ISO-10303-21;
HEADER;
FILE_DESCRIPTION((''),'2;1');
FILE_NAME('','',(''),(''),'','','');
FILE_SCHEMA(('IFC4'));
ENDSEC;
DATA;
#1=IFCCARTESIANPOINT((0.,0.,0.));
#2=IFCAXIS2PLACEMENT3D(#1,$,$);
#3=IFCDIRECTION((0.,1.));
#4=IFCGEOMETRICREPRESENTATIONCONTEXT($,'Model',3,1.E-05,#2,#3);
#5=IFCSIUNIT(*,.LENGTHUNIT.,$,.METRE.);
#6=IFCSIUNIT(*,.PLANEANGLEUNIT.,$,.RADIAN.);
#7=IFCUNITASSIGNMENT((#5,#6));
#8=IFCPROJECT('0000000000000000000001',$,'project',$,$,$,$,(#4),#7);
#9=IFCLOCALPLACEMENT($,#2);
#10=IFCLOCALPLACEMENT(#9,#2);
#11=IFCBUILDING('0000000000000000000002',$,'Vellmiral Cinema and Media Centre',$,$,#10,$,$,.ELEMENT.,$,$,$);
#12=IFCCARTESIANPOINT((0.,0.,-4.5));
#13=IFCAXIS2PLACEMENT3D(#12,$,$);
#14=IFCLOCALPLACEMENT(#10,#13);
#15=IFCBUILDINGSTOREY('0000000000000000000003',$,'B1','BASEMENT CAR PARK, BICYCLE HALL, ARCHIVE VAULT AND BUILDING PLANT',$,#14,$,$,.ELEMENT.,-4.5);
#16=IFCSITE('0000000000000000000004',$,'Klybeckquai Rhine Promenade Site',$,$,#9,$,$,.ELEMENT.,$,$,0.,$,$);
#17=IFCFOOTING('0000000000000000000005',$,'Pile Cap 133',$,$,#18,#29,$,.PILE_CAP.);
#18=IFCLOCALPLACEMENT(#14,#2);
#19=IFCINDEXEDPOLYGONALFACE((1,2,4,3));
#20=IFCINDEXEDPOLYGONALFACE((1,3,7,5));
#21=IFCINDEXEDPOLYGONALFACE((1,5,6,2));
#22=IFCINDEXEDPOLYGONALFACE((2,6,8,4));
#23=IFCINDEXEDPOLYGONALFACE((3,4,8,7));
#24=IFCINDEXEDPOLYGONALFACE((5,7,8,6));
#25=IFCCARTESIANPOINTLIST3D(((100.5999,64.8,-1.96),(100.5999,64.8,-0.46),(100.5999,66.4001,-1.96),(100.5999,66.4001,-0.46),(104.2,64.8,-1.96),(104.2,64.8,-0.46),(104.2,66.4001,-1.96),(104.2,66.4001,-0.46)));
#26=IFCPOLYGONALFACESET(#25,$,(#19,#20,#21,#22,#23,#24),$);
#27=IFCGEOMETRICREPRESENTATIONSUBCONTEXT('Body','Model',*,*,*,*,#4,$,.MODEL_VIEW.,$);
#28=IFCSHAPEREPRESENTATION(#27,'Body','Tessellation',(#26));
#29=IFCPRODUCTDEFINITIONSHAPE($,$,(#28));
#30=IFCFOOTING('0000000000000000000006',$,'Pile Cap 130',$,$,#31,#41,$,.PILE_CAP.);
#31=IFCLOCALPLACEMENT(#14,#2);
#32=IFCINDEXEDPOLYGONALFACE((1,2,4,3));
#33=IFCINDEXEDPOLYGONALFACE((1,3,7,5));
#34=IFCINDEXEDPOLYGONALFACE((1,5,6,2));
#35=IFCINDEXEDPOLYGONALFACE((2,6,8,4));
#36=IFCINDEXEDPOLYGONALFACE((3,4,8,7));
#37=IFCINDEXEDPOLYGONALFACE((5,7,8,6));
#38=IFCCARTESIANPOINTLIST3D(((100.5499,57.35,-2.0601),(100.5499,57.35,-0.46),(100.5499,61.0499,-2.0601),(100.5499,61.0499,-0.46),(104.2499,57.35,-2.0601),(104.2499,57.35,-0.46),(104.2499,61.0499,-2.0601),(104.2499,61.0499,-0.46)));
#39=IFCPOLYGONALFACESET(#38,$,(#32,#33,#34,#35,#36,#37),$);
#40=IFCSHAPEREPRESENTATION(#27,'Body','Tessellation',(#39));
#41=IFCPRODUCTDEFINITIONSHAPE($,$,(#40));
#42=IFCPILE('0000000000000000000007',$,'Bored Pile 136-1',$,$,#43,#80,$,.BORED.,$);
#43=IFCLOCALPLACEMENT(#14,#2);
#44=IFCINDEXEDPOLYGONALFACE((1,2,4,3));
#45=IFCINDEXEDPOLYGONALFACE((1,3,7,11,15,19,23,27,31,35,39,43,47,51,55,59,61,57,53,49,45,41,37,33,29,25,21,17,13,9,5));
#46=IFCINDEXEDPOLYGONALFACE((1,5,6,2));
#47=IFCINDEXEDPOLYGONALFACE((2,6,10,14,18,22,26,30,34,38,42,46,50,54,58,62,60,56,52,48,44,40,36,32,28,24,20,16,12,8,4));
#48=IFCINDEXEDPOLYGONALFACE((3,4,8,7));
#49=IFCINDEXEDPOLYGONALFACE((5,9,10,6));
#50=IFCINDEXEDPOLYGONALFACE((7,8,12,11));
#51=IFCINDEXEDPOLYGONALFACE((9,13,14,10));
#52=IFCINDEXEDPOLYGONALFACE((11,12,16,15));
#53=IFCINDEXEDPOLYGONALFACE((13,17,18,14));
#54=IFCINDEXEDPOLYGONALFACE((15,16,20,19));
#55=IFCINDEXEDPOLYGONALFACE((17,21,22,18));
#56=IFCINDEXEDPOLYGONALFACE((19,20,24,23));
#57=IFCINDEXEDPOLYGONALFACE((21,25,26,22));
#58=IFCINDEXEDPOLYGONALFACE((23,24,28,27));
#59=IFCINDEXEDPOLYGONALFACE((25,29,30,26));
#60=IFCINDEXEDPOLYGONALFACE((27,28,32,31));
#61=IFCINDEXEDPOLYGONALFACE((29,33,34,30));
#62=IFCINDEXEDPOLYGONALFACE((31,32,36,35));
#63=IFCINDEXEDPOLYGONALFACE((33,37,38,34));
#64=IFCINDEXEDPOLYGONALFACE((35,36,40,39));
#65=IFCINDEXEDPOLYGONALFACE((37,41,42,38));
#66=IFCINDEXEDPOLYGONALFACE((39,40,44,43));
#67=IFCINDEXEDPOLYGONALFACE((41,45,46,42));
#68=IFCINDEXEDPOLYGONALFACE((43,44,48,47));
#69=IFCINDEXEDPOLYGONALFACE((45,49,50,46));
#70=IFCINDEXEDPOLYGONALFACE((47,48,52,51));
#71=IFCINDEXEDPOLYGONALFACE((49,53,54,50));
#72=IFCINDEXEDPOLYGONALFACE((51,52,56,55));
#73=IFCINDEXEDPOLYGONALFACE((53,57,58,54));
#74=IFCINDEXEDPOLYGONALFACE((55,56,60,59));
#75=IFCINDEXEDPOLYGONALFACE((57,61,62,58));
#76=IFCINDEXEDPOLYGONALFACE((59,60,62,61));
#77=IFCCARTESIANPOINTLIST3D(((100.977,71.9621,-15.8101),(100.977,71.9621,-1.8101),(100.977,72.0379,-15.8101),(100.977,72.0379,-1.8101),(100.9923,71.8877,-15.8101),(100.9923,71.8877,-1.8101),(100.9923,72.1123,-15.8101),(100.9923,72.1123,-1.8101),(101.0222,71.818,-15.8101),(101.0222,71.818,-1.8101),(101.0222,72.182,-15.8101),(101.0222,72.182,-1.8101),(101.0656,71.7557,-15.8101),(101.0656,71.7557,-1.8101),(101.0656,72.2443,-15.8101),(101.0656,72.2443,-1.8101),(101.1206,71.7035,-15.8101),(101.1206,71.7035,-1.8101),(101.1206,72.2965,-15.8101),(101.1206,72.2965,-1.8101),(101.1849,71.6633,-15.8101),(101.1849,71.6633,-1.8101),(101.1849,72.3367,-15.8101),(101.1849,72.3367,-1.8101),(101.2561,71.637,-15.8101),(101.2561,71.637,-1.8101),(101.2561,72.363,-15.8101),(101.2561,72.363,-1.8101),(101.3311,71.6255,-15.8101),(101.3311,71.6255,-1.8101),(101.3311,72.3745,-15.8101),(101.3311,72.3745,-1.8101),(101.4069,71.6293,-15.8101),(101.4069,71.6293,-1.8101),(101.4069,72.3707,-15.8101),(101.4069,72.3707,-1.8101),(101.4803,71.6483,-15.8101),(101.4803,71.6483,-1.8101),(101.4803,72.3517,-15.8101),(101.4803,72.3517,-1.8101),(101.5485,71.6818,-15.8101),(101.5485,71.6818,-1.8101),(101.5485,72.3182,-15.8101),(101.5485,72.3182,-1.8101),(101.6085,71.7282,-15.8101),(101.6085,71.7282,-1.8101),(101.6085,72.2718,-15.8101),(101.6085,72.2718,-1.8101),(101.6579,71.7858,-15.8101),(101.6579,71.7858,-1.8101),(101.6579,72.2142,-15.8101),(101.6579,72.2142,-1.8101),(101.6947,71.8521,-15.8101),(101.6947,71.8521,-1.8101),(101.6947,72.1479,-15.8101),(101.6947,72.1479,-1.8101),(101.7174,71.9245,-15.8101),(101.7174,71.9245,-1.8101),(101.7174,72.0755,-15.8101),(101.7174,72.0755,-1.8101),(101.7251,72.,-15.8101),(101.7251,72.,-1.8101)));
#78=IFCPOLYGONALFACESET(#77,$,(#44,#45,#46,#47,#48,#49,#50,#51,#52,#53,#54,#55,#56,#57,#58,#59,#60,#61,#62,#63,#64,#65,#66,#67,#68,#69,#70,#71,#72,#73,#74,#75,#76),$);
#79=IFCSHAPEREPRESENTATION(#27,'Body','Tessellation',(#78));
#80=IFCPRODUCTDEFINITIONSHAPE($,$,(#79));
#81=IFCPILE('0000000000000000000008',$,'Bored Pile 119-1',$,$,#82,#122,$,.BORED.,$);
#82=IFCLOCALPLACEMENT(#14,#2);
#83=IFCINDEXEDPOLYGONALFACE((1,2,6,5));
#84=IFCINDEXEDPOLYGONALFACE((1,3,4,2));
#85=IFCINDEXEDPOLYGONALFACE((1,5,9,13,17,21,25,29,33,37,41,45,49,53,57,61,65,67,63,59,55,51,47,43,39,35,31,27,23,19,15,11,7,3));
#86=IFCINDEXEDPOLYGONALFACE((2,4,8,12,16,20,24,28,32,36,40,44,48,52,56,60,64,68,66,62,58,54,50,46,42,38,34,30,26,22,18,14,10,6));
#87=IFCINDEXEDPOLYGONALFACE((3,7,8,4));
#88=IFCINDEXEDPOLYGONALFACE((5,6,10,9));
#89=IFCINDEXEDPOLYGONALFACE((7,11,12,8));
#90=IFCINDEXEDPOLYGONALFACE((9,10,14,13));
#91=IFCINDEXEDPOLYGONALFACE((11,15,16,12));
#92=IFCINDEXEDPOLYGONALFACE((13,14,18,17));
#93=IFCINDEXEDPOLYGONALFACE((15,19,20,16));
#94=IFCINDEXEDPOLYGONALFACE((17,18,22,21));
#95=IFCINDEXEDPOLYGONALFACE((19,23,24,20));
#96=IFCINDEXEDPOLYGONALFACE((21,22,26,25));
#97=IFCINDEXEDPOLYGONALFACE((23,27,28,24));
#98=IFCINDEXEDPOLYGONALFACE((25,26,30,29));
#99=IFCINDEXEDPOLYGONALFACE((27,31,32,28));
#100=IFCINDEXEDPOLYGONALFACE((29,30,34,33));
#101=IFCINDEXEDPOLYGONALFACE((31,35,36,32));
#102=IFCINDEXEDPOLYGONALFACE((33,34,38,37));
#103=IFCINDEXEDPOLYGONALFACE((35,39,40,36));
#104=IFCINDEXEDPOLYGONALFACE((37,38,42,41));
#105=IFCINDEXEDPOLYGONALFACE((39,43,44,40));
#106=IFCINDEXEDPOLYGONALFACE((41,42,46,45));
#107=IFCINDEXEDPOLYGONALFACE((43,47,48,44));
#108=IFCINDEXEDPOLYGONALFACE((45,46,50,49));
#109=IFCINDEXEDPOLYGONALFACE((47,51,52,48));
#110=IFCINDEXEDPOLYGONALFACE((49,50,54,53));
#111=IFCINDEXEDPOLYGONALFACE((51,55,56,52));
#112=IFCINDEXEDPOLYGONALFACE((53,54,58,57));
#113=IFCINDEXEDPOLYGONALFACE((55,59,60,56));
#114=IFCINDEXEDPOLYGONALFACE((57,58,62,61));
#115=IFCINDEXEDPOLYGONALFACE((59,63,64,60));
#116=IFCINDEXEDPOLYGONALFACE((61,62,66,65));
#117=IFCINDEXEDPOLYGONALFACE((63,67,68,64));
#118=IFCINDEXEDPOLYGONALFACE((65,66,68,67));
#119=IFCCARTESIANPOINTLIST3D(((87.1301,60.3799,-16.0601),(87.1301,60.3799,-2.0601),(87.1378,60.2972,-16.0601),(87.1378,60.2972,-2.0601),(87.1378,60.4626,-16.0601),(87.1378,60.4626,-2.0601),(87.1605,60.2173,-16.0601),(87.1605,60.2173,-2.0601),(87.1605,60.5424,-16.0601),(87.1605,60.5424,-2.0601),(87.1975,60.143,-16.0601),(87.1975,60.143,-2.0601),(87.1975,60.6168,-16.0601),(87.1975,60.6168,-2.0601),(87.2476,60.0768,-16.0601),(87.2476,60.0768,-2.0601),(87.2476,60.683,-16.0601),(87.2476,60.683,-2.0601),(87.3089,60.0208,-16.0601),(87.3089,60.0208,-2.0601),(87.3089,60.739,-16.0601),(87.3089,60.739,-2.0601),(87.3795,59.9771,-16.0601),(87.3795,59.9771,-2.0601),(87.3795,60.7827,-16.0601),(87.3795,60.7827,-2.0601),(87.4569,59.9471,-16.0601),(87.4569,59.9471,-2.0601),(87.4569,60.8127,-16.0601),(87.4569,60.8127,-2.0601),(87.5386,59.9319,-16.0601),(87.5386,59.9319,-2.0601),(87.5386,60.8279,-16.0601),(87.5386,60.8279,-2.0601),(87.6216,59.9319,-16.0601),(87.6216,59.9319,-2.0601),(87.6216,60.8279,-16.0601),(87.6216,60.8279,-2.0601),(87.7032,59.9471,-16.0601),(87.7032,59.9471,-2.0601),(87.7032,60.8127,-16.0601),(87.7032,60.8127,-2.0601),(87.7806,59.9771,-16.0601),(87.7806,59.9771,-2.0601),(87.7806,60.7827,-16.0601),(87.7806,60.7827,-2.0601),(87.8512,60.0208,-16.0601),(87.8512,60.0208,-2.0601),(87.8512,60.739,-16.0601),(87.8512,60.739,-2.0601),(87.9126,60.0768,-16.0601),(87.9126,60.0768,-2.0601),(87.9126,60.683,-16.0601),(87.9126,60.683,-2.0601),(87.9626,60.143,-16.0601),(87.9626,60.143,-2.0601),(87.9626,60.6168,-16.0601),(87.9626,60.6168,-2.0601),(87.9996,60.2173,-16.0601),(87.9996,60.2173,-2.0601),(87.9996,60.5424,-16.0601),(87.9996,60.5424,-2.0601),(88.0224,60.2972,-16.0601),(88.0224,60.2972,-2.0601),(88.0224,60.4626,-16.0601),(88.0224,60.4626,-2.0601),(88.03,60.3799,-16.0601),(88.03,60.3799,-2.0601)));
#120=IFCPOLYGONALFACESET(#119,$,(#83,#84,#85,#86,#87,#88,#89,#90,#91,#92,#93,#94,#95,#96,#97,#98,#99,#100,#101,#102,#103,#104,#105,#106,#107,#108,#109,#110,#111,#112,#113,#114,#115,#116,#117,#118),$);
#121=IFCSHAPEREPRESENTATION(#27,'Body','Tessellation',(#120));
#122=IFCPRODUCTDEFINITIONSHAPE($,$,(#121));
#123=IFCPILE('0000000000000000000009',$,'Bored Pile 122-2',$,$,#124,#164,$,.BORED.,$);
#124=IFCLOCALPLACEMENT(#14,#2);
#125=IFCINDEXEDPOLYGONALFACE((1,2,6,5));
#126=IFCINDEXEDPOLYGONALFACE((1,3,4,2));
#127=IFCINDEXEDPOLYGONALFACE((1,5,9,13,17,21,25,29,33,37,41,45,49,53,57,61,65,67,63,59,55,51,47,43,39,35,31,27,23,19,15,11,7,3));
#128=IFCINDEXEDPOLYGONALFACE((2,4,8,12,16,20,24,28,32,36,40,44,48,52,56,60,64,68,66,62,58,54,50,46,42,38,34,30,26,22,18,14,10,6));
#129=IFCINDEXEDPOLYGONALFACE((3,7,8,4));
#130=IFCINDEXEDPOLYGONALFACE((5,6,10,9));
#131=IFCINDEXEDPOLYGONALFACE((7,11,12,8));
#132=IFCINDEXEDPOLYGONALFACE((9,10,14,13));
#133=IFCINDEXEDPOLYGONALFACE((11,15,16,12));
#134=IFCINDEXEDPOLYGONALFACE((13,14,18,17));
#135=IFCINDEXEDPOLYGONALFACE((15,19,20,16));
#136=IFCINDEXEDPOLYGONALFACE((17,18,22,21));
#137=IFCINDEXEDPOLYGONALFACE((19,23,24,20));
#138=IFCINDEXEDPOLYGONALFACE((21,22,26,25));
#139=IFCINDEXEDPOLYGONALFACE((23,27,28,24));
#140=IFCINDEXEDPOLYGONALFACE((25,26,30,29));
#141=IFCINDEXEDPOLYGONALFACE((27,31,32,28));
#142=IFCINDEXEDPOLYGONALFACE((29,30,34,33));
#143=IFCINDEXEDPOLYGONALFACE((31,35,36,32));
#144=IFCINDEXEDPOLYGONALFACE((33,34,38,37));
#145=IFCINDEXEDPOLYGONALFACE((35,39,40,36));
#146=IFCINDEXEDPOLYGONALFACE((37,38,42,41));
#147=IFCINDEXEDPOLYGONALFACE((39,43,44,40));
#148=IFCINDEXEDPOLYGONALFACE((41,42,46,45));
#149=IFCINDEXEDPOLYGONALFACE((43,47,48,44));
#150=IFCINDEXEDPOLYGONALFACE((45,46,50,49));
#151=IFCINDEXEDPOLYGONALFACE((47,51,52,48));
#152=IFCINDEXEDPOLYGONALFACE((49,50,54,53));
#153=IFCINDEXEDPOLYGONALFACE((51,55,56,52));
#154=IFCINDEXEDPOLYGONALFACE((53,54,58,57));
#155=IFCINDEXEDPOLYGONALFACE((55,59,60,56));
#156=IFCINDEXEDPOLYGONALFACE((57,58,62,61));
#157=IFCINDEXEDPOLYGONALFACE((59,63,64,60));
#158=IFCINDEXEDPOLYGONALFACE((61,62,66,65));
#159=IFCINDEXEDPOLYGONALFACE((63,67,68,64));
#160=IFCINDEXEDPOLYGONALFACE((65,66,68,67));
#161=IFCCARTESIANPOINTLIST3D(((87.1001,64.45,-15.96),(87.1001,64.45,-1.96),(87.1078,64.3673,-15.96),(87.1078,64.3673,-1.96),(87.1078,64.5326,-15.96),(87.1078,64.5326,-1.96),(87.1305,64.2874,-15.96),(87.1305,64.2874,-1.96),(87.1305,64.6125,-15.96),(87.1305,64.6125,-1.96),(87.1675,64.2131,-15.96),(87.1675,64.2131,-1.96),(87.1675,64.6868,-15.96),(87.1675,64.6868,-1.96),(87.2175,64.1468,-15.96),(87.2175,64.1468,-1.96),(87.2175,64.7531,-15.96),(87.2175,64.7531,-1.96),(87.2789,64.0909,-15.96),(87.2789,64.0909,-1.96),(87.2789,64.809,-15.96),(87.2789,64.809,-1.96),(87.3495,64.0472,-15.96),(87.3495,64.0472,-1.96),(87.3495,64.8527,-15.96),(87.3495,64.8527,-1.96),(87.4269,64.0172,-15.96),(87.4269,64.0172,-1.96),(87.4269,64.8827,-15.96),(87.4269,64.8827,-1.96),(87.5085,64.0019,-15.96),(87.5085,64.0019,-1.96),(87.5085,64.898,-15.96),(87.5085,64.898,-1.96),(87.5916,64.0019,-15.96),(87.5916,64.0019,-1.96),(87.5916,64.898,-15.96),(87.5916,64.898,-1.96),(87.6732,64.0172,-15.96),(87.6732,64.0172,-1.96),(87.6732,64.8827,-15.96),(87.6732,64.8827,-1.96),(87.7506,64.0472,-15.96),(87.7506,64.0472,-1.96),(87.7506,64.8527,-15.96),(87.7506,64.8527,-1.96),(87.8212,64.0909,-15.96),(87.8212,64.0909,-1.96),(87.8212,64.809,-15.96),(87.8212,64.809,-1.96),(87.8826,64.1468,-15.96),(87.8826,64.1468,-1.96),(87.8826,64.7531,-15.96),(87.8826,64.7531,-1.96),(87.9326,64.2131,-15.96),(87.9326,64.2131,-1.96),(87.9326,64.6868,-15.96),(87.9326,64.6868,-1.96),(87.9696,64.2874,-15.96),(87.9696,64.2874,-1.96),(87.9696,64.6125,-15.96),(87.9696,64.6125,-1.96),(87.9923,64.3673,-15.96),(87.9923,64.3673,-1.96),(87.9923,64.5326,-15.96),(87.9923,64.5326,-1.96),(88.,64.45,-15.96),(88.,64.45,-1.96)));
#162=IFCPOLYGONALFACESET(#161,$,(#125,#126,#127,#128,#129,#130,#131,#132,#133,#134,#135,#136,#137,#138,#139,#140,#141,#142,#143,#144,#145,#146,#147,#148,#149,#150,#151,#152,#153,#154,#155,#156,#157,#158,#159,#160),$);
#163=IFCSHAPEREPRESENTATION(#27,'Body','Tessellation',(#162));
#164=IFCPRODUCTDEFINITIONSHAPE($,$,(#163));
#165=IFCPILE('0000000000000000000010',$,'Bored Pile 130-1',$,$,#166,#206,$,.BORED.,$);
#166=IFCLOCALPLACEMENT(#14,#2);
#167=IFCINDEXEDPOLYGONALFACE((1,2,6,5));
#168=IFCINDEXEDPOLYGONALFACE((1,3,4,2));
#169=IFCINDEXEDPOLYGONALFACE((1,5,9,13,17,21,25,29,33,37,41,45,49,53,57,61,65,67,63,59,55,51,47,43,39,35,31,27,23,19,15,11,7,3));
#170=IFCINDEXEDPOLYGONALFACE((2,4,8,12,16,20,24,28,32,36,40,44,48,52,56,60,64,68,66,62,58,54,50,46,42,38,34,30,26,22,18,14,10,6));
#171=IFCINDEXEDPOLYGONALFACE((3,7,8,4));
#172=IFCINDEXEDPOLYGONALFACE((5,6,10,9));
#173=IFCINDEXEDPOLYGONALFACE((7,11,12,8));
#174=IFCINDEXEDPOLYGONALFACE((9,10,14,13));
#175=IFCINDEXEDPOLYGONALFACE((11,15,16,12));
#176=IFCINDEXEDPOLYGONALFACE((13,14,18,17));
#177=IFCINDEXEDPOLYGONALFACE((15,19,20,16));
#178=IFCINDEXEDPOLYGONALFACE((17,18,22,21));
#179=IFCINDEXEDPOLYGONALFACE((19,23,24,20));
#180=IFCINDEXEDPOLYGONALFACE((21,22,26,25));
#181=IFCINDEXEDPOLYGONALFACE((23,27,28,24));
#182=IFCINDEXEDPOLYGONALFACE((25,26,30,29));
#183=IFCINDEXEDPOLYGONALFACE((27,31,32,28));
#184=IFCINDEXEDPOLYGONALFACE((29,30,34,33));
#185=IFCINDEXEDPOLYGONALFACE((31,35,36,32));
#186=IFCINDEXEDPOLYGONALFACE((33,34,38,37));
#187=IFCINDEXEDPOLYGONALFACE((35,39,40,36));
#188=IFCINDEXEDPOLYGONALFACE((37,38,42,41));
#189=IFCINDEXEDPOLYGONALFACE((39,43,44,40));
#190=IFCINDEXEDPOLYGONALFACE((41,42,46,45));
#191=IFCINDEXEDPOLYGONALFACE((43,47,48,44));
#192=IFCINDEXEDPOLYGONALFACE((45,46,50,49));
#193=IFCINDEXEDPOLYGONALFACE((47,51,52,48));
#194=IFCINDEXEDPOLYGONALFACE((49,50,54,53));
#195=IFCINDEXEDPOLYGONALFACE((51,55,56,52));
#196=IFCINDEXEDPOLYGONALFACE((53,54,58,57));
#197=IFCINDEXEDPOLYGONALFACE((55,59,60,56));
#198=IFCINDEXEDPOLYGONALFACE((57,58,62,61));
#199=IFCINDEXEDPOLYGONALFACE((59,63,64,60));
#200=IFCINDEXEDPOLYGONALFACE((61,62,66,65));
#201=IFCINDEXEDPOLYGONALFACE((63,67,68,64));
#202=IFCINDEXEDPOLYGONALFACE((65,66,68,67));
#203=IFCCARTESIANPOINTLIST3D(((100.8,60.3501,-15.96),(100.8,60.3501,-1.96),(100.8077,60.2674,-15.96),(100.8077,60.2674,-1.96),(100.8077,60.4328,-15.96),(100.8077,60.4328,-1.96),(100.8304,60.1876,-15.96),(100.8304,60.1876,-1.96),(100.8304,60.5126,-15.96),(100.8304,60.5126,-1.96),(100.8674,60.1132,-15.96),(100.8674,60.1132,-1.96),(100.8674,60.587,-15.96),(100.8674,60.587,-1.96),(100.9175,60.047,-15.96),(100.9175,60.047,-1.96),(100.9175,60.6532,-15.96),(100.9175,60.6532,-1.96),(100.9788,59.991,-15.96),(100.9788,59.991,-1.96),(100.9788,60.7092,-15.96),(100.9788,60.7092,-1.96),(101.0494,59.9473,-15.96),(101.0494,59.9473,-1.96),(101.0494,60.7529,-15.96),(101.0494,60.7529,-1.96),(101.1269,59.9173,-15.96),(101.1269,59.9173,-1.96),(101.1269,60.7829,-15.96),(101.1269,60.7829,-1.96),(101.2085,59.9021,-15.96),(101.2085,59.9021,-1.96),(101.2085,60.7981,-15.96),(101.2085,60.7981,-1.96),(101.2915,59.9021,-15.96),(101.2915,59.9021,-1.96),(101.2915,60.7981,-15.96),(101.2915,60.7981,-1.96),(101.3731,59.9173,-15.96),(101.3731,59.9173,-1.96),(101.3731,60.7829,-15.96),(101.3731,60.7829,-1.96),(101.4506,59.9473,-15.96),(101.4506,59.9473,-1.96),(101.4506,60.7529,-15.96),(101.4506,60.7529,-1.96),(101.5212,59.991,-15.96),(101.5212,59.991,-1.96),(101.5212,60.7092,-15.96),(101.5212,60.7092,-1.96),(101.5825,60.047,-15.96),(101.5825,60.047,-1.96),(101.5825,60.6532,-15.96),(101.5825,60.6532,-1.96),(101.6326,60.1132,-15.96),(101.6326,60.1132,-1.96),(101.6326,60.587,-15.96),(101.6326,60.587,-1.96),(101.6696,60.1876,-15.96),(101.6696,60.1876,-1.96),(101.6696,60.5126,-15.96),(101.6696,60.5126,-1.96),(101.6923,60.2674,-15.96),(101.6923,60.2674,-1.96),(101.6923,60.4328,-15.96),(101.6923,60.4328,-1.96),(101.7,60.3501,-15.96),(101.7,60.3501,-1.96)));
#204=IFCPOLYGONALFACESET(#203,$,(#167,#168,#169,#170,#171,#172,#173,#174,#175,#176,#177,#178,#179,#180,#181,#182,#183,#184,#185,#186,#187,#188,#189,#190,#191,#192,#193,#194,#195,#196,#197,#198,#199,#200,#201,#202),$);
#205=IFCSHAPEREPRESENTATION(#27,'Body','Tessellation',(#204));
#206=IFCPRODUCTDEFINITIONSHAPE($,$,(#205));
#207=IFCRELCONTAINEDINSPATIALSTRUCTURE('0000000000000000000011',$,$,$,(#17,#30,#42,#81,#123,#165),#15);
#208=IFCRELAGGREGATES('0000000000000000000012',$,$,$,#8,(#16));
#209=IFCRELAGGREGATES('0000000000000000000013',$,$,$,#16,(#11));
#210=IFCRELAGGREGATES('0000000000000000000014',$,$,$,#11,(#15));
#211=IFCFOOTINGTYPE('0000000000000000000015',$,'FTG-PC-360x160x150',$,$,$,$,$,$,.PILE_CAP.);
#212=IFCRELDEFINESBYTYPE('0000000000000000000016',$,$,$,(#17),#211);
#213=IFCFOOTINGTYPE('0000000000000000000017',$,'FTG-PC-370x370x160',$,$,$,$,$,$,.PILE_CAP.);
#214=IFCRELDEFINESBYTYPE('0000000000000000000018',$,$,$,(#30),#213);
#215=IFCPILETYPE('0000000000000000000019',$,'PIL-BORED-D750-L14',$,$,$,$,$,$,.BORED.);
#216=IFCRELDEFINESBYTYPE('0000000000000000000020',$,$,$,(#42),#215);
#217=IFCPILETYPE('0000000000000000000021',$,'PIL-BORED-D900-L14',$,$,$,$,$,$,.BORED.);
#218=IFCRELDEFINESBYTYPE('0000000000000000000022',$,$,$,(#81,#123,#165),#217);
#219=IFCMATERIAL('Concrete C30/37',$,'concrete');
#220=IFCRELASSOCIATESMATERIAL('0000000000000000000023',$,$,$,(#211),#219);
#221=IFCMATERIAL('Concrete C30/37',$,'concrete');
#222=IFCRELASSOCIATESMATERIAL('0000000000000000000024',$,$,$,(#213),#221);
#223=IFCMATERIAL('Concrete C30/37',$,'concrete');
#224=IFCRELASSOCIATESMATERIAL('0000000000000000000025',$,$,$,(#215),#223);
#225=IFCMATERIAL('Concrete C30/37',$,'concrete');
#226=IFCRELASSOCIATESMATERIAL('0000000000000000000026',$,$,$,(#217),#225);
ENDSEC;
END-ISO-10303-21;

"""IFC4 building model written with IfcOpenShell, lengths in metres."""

from ifc_helpers import new_model, si_unit, direction, frame, origin, origin_2d, place, context, subcontext, project, spatial, rectangle, circle, extrude, material, material_profile, profile_set, type_object, element, save


model = new_model("IFC4")

# Units and contexts
model_context = context("Model", 3, precision=1e-05, world=origin(), true_north=direction((0.0, 1.0)))
body_context = subcontext(model_context, "Body", "Model", "MODEL_VIEW")
ifc_project = project(units=[si_unit("LENGTHUNIT", "METRE"), si_unit("PLANEANGLEUNIT", "RADIAN")], contexts=[model_context])

# Site, building, storey
site_placement = place(None, origin())
site = spatial("IfcSite", under=ifc_project, at=site_placement, Name="Klybeckquai Rhine Promenade Site", CompositionType="ELEMENT", RefElevation=0.0)
building_placement = place(site_placement, origin())
building = spatial("IfcBuilding", under=site, at=building_placement, Name="Vellmiral Cinema and Media Centre", CompositionType="ELEMENT")
storey_placement = place(building_placement, frame((0.0, 0.0, -4.5)))
storey = spatial("IfcBuildingStorey", under=building, at=storey_placement, Name="B1", Description="BASEMENT CAR PARK, BICYCLE HALL, ARCHIVE VAULT AND BUILDING PLANT", CompositionType="ELEMENT", Elevation=-4.5)

# Footings
ifc_material_1 = material(Name="Concrete C30/37", Category="concrete")
footing_type_1 = type_object("IfcFootingType", Name="FTG-PC-360x160x150", PredefinedType="PILE_CAP", material=ifc_material_1)
footing_1_placement = place(storey_placement, frame((102.3999, 65.6001, -1.96), z_axis=(0.0, 0.0, 1.0), x_axis=(1.0, 0.0, 0.0)))
element("IfcFooting", 1, at=footing_1_placement, inside=storey, type_object=footing_type_1, Name="Pile Cap 133", PredefinedType="PILE_CAP", context=body_context, shape_type="SweptSolid", body=[
    extrude(rectangle(XDim=3.6001, YDim=1.6001, at=origin_2d()), origin(), (0.0, 0.0, 1.0), 1.5),
])
ifc_material_2 = material(Name="Concrete C30/37", Category="concrete")
footing_type_2 = type_object("IfcFootingType", Name="FTG-PC-370x370x160", PredefinedType="PILE_CAP", material=ifc_material_2)
footing_2_placement = place(storey_placement, frame((102.3999, 59.2, -2.0601), z_axis=(0.0, 0.0, 1.0), x_axis=(1.0, 0.0, 0.0)))
element("IfcFooting", 2, at=footing_2_placement, inside=storey, type_object=footing_type_2, Name="Pile Cap 130", PredefinedType="PILE_CAP", context=body_context, shape_type="SweptSolid", body=[
    extrude(rectangle(XDim=3.7, YDim=3.7, at=origin_2d()), origin(), (0.0, 0.0, 1.0), 1.6001),
])

# Piles
ifc_material_3 = material(Name="Concrete C30/37", Category="concrete")
ifc_material_profile_1 = material_profile(ifc_material_3, circle(Radius=0.375, at=origin_2d()), Name="PILE D750")
ifc_profile_set_1 = profile_set([ifc_material_profile_1], Name="Concrete C30/37")
pile_type_1 = type_object("IfcPileType", Name="PIL-BORED-D750-L14", PredefinedType="BORED", material=ifc_profile_set_1)
pile_placement = place(storey_placement, frame((101.3501, 72.0, -1.8101), z_axis=(0.0, 0.0, -1.0), x_axis=(1.0, 0.0, 0.0)))
element("IfcPile", 3, at=pile_placement, inside=storey, type_object=pile_type_1, Name="Bored Pile 136-1", PredefinedType="BORED", context=body_context, shape_type="SweptSolid", body=[
    extrude(circle(Radius=0.375, at=origin_2d()), origin(), (0.0, 0.0, 1.0), 14.0),
])
ifc_material_4 = material(Name="Concrete C30/37", Category="concrete")
ifc_material_profile_2 = material_profile(ifc_material_4, circle(Radius=0.45, at=origin_2d()), Name="PILE D900")
ifc_profile_set_2 = profile_set([ifc_material_profile_2], Name="Concrete C30/37")
pile_type_2 = type_object("IfcPileType", Name="PIL-BORED-D900-L14", PredefinedType="BORED", material=ifc_profile_set_2)
for number, where, z_axis, x_axis, name in (
    (4, (87.5801, 60.3799, -2.0601), (0.0, 0.0, -1.0), (1.0, 0.0, 0.0), "Bored Pile 119-1"),
    (5, (87.55, 64.45, -1.96), (0.0, 0.0, -1.0), (1.0, 0.0, 0.0), "Bored Pile 122-2"),
    (6, (101.25, 60.3501, -1.96), (0.0, 0.0, -1.0), (1.0, 0.0, 0.0), "Bored Pile 130-1"),
):
    element("IfcPile", number, at=place(storey_placement, frame(where, z_axis=z_axis, x_axis=x_axis)), inside=storey, type_object=pile_type_2, Name=name, PredefinedType="BORED", context=body_context, shape_type="SweptSolid", body=[
        extrude(circle(Radius=0.45, at=origin_2d()), origin(), (0.0, 0.0, 1.0), 14.0),
    ])

save(model, "model.ifc")
